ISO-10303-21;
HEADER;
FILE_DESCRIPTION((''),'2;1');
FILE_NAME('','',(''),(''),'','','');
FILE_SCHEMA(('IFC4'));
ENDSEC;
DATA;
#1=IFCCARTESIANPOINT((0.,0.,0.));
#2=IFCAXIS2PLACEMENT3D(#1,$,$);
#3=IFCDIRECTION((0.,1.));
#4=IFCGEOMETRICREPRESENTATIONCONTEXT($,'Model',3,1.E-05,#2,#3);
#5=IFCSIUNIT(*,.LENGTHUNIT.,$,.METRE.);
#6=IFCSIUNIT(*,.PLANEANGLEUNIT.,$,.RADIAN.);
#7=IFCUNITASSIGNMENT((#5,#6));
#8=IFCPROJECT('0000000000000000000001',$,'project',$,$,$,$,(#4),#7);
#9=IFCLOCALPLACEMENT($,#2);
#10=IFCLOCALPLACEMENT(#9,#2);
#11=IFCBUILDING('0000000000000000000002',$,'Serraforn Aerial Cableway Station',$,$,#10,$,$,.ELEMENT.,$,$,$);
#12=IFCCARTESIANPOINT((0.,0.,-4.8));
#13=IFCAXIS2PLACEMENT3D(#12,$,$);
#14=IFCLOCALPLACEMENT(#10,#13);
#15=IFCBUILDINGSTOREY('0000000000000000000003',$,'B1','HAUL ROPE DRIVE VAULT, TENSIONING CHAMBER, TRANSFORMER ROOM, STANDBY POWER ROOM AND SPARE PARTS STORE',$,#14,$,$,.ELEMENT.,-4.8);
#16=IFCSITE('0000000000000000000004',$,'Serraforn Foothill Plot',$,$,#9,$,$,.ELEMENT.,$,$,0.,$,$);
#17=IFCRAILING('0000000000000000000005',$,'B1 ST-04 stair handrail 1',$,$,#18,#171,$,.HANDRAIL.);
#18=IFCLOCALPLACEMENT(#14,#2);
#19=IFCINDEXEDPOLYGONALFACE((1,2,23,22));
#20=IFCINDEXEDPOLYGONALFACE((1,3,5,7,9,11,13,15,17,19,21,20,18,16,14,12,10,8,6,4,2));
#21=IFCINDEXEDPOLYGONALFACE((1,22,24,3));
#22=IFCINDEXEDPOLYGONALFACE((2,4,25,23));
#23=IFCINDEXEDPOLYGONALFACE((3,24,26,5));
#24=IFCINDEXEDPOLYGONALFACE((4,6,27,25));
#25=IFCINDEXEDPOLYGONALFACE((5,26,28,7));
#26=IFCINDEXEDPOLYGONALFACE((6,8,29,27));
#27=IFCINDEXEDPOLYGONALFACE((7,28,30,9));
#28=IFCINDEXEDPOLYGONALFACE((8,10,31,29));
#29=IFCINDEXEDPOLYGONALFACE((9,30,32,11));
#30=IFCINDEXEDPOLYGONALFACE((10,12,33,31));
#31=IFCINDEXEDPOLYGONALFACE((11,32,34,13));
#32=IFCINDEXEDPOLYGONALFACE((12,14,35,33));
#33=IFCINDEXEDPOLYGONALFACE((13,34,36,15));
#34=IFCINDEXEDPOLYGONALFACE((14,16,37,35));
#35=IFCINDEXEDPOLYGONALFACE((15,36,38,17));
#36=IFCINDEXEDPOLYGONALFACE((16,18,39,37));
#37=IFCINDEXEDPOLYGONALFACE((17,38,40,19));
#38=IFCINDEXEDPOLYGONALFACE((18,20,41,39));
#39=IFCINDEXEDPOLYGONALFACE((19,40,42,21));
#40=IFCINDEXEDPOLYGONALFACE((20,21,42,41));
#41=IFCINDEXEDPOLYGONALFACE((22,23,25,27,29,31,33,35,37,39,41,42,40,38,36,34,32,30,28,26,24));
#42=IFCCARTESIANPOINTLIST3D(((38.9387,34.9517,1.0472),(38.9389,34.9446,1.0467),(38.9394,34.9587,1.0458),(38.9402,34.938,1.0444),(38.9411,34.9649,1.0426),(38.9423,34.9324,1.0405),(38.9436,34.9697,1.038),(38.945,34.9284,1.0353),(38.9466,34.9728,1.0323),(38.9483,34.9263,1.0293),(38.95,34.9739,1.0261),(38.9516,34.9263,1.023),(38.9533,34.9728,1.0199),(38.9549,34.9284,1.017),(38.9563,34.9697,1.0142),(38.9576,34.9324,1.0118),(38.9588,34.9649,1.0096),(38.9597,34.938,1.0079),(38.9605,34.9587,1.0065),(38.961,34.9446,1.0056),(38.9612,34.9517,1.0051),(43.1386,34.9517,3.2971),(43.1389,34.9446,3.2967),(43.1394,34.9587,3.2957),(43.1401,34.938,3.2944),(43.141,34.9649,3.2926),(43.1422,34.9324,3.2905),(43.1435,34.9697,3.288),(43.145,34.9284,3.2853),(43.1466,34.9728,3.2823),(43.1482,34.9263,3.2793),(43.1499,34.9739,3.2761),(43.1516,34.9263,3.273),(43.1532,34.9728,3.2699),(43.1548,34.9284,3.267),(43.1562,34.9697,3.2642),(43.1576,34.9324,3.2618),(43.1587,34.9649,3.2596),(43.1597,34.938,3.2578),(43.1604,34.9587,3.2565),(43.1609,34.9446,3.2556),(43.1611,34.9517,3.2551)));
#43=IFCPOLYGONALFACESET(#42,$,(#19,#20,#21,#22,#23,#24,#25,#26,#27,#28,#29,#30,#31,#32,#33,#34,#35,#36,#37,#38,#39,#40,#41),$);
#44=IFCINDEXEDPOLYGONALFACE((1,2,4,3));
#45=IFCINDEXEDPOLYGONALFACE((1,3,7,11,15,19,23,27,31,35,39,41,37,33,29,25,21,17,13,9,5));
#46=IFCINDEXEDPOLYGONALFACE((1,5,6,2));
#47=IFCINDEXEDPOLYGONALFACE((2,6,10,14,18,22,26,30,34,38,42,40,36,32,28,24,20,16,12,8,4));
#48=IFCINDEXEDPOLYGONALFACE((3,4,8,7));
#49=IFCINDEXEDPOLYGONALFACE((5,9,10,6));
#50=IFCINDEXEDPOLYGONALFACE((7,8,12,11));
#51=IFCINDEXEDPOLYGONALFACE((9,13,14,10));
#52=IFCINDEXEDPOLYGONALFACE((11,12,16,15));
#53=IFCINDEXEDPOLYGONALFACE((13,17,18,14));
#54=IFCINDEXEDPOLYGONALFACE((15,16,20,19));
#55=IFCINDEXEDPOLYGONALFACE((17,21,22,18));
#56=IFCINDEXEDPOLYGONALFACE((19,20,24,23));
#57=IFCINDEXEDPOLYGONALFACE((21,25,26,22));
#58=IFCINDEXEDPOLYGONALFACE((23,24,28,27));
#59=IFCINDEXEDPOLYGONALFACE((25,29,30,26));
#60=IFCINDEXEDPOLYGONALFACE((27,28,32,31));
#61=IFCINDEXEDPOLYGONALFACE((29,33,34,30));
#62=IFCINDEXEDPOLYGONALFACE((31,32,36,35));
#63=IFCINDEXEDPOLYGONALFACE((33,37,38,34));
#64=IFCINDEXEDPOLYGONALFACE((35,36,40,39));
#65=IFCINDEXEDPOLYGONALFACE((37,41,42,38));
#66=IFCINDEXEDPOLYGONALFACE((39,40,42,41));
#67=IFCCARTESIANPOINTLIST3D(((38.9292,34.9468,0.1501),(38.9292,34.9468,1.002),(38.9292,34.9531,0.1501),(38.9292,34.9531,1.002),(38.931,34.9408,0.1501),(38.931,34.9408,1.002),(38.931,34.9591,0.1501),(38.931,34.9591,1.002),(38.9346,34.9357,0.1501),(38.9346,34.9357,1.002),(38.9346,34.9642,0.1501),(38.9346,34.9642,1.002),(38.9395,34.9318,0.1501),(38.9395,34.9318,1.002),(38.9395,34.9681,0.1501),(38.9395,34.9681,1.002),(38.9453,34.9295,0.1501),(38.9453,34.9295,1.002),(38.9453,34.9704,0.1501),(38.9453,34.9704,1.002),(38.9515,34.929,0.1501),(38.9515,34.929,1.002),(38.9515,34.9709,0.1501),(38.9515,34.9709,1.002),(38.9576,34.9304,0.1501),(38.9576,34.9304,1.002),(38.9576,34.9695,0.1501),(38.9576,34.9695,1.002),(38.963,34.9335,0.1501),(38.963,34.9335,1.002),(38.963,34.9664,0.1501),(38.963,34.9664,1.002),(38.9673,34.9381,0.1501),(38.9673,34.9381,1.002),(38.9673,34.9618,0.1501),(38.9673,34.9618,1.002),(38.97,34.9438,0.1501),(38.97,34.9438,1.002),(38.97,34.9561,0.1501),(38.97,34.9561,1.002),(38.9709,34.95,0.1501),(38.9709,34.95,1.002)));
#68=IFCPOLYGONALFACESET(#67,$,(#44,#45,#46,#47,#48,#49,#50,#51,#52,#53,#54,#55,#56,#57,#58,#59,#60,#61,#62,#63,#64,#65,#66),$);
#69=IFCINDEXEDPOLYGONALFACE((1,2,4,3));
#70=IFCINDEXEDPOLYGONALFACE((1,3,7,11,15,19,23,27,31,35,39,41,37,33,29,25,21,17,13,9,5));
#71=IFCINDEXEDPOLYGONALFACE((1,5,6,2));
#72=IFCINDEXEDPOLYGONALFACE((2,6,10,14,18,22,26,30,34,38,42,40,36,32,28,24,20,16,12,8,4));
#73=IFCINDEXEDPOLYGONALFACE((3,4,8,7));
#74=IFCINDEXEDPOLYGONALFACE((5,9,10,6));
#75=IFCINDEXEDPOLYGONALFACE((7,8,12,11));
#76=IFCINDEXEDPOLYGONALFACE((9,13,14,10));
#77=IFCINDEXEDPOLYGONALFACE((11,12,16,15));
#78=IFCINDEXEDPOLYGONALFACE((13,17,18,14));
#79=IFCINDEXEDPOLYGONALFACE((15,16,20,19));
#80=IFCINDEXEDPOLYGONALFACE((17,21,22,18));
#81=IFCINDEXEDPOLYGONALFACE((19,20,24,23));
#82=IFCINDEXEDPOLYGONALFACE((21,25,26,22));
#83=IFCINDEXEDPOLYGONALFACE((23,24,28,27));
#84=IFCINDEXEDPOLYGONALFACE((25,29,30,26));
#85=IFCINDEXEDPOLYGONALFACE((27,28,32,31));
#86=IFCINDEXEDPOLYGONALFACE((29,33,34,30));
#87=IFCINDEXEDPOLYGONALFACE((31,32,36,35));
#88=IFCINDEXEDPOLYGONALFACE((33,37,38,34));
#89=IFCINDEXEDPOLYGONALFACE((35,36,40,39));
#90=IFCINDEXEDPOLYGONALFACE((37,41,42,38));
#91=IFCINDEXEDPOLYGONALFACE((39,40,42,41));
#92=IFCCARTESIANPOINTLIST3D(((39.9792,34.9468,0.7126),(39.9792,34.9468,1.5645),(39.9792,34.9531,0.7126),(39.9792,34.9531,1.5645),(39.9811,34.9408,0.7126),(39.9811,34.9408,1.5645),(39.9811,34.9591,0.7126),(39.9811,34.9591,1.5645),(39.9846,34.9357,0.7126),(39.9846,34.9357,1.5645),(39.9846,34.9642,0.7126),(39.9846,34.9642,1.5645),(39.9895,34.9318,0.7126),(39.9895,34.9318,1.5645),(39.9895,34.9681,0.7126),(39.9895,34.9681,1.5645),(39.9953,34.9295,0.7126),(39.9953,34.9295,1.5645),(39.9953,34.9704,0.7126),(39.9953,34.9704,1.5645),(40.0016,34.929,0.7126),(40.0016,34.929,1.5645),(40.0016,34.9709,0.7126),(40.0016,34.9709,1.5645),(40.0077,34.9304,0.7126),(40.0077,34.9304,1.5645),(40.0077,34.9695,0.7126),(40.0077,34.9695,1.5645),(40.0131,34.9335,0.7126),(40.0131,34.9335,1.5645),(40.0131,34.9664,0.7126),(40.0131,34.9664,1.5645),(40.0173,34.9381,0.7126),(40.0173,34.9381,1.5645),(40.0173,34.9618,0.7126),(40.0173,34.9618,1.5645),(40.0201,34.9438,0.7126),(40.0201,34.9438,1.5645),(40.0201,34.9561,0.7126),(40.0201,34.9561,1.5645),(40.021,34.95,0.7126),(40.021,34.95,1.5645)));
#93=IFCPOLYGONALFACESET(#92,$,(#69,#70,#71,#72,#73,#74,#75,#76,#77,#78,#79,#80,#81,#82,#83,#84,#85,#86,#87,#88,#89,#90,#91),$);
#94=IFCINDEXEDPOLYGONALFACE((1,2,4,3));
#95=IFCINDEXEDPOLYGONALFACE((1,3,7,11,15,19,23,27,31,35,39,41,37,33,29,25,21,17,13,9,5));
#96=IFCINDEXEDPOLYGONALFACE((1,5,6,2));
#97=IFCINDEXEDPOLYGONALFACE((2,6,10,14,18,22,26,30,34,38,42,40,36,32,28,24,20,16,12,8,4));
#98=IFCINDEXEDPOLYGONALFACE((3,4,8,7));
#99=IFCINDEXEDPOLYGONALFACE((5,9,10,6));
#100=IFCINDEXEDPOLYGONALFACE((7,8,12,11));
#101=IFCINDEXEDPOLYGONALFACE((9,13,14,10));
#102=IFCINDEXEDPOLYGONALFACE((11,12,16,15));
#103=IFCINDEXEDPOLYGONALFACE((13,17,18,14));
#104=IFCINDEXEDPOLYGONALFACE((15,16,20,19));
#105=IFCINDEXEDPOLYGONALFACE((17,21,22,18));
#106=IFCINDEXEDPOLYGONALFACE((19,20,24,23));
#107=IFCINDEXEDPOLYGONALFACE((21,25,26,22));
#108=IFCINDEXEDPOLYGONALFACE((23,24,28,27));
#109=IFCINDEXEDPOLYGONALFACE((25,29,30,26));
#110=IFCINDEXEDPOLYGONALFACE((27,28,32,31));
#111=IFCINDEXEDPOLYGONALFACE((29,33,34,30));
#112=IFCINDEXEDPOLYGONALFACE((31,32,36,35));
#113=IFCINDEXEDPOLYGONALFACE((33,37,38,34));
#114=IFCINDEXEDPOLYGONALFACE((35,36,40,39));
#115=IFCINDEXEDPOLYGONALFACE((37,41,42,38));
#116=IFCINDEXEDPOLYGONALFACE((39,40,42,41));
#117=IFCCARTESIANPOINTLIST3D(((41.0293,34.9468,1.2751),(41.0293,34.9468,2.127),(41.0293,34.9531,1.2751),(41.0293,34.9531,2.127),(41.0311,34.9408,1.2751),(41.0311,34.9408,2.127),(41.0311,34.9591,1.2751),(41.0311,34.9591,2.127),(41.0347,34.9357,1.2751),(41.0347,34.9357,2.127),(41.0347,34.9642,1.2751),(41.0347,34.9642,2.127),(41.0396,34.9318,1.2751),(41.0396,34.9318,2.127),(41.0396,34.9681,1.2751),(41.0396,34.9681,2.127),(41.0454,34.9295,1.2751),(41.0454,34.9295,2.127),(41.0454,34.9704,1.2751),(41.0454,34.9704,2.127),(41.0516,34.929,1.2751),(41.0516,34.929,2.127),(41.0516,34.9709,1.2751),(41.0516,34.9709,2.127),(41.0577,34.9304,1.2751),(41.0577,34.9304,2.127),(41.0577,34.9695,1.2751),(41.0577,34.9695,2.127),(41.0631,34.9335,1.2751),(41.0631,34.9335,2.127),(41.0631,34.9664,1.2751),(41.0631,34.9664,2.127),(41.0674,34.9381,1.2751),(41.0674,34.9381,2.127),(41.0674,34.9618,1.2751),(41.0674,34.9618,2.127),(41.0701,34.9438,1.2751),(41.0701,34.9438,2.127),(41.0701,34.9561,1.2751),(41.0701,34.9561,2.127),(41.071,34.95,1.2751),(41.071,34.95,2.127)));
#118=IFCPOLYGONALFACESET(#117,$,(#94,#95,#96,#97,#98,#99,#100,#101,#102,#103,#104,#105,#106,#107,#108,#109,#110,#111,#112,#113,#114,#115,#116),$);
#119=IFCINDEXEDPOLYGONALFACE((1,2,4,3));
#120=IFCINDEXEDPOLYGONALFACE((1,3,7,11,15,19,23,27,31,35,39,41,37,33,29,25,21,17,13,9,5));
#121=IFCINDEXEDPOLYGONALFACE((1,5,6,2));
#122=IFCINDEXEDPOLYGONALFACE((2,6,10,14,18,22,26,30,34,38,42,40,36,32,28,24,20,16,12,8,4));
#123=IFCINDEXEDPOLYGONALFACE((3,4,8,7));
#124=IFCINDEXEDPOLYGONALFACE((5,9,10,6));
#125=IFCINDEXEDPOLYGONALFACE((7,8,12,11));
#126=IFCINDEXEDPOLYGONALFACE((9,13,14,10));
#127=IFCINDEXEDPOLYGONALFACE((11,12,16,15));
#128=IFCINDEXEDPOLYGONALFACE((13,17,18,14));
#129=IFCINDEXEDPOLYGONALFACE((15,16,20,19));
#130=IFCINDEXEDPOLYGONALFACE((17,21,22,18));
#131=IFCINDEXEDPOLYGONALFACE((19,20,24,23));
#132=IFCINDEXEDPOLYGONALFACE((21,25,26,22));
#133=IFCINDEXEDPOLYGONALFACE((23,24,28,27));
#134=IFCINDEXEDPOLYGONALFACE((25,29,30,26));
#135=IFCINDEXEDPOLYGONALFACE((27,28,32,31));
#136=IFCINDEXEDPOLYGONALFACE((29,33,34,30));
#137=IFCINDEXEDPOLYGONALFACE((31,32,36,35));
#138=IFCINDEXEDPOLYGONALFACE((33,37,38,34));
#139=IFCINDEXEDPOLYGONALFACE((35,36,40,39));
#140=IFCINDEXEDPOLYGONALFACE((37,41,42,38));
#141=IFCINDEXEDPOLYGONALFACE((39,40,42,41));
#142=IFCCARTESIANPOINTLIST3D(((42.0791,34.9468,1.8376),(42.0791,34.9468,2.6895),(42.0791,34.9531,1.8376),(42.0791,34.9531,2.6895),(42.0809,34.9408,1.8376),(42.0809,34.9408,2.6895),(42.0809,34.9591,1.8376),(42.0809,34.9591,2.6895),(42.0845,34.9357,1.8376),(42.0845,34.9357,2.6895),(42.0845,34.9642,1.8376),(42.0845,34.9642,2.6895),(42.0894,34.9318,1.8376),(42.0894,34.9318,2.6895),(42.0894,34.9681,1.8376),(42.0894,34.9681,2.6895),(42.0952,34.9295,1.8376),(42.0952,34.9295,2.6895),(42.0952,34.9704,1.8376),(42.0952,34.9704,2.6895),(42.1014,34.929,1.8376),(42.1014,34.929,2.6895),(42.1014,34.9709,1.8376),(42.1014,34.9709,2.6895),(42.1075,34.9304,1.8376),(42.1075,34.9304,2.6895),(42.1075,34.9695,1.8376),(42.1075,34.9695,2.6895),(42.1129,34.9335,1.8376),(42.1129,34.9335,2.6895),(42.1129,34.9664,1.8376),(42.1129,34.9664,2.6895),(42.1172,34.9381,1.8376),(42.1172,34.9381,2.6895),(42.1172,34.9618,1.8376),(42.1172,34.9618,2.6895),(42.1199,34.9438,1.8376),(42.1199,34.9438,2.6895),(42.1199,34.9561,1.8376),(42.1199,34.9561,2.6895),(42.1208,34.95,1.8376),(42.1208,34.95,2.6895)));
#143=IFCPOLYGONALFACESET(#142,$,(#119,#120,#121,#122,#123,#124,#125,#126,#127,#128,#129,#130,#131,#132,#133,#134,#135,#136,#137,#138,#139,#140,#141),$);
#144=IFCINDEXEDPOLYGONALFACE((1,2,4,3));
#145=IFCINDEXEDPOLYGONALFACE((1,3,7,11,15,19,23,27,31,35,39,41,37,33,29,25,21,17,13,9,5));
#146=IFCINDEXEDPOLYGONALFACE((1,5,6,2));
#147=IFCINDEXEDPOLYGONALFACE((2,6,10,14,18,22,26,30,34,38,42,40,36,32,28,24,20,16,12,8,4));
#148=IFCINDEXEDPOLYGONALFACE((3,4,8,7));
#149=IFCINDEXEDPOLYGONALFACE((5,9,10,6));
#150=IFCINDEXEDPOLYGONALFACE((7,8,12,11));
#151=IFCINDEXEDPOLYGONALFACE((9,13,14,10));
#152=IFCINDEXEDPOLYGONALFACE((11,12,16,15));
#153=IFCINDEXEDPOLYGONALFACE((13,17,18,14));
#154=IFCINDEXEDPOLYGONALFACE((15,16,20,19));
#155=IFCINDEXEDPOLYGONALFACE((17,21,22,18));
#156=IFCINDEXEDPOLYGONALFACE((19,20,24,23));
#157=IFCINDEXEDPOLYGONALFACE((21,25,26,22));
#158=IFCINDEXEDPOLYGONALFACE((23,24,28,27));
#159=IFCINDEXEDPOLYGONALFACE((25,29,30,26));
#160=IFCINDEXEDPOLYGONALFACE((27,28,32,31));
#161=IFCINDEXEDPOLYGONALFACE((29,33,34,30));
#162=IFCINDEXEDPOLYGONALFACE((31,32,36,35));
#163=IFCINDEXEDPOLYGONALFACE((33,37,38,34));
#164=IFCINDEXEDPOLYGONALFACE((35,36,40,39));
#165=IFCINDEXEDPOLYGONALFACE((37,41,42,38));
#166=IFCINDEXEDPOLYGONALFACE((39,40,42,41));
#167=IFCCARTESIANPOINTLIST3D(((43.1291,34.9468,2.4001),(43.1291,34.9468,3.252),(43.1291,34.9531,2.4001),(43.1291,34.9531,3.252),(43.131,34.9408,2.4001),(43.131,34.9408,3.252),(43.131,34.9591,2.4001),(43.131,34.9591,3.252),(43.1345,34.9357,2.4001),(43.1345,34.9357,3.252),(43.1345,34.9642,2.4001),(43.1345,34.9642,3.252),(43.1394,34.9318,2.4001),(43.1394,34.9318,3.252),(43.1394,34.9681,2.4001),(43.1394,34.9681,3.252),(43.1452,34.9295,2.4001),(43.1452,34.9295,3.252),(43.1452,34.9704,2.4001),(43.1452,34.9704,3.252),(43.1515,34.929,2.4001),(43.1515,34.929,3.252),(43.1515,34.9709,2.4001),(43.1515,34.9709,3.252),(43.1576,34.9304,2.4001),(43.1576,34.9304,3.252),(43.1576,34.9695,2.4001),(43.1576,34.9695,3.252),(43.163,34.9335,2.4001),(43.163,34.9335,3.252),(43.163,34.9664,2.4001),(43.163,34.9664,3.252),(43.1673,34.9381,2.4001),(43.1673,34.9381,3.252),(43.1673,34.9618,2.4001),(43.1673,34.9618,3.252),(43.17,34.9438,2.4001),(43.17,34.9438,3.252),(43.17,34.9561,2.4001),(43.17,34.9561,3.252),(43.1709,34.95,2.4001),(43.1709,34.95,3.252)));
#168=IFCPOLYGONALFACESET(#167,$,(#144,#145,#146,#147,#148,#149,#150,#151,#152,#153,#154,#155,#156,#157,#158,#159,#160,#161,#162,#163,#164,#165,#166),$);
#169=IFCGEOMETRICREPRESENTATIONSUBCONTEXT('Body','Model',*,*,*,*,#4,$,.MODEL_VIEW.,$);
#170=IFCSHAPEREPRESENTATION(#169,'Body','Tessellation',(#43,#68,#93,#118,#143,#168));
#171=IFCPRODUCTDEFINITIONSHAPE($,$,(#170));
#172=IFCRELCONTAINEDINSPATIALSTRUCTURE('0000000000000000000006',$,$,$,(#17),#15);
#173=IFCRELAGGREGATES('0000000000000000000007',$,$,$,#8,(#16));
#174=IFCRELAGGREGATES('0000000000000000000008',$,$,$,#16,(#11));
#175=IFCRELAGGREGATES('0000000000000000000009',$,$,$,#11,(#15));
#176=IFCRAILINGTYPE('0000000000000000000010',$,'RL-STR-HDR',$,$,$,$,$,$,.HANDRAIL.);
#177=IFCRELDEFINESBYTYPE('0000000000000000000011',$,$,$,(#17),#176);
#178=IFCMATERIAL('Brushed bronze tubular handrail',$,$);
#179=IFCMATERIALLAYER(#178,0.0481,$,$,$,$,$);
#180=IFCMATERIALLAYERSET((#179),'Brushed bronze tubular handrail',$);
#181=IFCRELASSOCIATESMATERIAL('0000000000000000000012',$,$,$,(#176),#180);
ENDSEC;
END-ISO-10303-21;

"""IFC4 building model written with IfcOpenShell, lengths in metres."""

from ifc_helpers import new_model, si_unit, direction, frame, origin, origin_2d, place, context, subcontext, project, spatial, circle, extrude, material, layer, layer_set, type_object, element, save


model = new_model("IFC4")

# Units and contexts
model_context = context("Model", 3, precision=1e-05, world=origin(), true_north=direction((0.0, 1.0)))
body_context = subcontext(model_context, "Body", "Model", "MODEL_VIEW")
ifc_project = project(units=[si_unit("LENGTHUNIT", "METRE"), si_unit("PLANEANGLEUNIT", "RADIAN")], contexts=[model_context])

# Site, building, storey
site_placement = place(None, origin())
site = spatial("IfcSite", under=ifc_project, at=site_placement, Name="Serraforn Foothill Plot", CompositionType="ELEMENT", RefElevation=0.0)
building_placement = place(site_placement, origin())
building = spatial("IfcBuilding", under=site, at=building_placement, Name="Serraforn Aerial Cableway Station", CompositionType="ELEMENT")
storey_placement = place(building_placement, frame((0.0, 0.0, -4.8)))
storey = spatial("IfcBuildingStorey", under=building, at=storey_placement, Name="B1", Description="HAUL ROPE DRIVE VAULT, TENSIONING CHAMBER, TRANSFORMER ROOM, STANDBY POWER ROOM AND SPARE PARTS STORE", CompositionType="ELEMENT", Elevation=-4.8)

# Railing
ifc_material_1 = material(Name="Brushed bronze tubular handrail")
ifc_layer_1 = layer(ifc_material_1, 0.0481)
ifc_layer_set_1 = layer_set([ifc_layer_1], Name="Brushed bronze tubular handrail")
railing_type_1 = type_object("IfcRailingType", Name="RL-STR-HDR", PredefinedType="HANDRAIL", material=ifc_layer_set_1)
railing_1_placement = place(storey_placement, frame((38.95, 34.95, 0.1501)))
element("IfcRailing", 1, at=railing_1_placement, inside=storey, type_object=railing_type_1, Name="B1 ST-04 stair handrail 1", PredefinedType="HANDRAIL", context=body_context, shape_type="SweptSolid", body=[
    extrude(circle(Radius=0.0239, at=origin_2d()), frame((0.0, 0.0, 0.876), z_axis=(0.881478, 0.0, 0.472226), x_axis=(0.0, 1.0, 0.0)), (0.0, 0.0, 1.0), 4.7646),
    extrude(circle(Radius=0.021, at=origin_2d()), origin(), (0.0, 0.0, 1.0), 0.8518),
    extrude(circle(Radius=0.021, at=origin_2d()), frame((1.05, 0.0, 0.5625)), (0.0, 0.0, 1.0), 0.8518),
    extrude(circle(Radius=0.021, at=origin_2d()), frame((2.1001, 0.0, 1.125)), (0.0, 0.0, 1.0), 0.8518),
    extrude(circle(Radius=0.021, at=origin_2d()), frame((3.1499, 0.0, 1.6875)), (0.0, 0.0, 1.0), 0.8518),
    extrude(circle(Radius=0.021, at=origin_2d()), frame((4.2, 0.0, 2.25)), (0.0, 0.0, 1.0), 0.8518),
])

save(model, "model.ifc")
